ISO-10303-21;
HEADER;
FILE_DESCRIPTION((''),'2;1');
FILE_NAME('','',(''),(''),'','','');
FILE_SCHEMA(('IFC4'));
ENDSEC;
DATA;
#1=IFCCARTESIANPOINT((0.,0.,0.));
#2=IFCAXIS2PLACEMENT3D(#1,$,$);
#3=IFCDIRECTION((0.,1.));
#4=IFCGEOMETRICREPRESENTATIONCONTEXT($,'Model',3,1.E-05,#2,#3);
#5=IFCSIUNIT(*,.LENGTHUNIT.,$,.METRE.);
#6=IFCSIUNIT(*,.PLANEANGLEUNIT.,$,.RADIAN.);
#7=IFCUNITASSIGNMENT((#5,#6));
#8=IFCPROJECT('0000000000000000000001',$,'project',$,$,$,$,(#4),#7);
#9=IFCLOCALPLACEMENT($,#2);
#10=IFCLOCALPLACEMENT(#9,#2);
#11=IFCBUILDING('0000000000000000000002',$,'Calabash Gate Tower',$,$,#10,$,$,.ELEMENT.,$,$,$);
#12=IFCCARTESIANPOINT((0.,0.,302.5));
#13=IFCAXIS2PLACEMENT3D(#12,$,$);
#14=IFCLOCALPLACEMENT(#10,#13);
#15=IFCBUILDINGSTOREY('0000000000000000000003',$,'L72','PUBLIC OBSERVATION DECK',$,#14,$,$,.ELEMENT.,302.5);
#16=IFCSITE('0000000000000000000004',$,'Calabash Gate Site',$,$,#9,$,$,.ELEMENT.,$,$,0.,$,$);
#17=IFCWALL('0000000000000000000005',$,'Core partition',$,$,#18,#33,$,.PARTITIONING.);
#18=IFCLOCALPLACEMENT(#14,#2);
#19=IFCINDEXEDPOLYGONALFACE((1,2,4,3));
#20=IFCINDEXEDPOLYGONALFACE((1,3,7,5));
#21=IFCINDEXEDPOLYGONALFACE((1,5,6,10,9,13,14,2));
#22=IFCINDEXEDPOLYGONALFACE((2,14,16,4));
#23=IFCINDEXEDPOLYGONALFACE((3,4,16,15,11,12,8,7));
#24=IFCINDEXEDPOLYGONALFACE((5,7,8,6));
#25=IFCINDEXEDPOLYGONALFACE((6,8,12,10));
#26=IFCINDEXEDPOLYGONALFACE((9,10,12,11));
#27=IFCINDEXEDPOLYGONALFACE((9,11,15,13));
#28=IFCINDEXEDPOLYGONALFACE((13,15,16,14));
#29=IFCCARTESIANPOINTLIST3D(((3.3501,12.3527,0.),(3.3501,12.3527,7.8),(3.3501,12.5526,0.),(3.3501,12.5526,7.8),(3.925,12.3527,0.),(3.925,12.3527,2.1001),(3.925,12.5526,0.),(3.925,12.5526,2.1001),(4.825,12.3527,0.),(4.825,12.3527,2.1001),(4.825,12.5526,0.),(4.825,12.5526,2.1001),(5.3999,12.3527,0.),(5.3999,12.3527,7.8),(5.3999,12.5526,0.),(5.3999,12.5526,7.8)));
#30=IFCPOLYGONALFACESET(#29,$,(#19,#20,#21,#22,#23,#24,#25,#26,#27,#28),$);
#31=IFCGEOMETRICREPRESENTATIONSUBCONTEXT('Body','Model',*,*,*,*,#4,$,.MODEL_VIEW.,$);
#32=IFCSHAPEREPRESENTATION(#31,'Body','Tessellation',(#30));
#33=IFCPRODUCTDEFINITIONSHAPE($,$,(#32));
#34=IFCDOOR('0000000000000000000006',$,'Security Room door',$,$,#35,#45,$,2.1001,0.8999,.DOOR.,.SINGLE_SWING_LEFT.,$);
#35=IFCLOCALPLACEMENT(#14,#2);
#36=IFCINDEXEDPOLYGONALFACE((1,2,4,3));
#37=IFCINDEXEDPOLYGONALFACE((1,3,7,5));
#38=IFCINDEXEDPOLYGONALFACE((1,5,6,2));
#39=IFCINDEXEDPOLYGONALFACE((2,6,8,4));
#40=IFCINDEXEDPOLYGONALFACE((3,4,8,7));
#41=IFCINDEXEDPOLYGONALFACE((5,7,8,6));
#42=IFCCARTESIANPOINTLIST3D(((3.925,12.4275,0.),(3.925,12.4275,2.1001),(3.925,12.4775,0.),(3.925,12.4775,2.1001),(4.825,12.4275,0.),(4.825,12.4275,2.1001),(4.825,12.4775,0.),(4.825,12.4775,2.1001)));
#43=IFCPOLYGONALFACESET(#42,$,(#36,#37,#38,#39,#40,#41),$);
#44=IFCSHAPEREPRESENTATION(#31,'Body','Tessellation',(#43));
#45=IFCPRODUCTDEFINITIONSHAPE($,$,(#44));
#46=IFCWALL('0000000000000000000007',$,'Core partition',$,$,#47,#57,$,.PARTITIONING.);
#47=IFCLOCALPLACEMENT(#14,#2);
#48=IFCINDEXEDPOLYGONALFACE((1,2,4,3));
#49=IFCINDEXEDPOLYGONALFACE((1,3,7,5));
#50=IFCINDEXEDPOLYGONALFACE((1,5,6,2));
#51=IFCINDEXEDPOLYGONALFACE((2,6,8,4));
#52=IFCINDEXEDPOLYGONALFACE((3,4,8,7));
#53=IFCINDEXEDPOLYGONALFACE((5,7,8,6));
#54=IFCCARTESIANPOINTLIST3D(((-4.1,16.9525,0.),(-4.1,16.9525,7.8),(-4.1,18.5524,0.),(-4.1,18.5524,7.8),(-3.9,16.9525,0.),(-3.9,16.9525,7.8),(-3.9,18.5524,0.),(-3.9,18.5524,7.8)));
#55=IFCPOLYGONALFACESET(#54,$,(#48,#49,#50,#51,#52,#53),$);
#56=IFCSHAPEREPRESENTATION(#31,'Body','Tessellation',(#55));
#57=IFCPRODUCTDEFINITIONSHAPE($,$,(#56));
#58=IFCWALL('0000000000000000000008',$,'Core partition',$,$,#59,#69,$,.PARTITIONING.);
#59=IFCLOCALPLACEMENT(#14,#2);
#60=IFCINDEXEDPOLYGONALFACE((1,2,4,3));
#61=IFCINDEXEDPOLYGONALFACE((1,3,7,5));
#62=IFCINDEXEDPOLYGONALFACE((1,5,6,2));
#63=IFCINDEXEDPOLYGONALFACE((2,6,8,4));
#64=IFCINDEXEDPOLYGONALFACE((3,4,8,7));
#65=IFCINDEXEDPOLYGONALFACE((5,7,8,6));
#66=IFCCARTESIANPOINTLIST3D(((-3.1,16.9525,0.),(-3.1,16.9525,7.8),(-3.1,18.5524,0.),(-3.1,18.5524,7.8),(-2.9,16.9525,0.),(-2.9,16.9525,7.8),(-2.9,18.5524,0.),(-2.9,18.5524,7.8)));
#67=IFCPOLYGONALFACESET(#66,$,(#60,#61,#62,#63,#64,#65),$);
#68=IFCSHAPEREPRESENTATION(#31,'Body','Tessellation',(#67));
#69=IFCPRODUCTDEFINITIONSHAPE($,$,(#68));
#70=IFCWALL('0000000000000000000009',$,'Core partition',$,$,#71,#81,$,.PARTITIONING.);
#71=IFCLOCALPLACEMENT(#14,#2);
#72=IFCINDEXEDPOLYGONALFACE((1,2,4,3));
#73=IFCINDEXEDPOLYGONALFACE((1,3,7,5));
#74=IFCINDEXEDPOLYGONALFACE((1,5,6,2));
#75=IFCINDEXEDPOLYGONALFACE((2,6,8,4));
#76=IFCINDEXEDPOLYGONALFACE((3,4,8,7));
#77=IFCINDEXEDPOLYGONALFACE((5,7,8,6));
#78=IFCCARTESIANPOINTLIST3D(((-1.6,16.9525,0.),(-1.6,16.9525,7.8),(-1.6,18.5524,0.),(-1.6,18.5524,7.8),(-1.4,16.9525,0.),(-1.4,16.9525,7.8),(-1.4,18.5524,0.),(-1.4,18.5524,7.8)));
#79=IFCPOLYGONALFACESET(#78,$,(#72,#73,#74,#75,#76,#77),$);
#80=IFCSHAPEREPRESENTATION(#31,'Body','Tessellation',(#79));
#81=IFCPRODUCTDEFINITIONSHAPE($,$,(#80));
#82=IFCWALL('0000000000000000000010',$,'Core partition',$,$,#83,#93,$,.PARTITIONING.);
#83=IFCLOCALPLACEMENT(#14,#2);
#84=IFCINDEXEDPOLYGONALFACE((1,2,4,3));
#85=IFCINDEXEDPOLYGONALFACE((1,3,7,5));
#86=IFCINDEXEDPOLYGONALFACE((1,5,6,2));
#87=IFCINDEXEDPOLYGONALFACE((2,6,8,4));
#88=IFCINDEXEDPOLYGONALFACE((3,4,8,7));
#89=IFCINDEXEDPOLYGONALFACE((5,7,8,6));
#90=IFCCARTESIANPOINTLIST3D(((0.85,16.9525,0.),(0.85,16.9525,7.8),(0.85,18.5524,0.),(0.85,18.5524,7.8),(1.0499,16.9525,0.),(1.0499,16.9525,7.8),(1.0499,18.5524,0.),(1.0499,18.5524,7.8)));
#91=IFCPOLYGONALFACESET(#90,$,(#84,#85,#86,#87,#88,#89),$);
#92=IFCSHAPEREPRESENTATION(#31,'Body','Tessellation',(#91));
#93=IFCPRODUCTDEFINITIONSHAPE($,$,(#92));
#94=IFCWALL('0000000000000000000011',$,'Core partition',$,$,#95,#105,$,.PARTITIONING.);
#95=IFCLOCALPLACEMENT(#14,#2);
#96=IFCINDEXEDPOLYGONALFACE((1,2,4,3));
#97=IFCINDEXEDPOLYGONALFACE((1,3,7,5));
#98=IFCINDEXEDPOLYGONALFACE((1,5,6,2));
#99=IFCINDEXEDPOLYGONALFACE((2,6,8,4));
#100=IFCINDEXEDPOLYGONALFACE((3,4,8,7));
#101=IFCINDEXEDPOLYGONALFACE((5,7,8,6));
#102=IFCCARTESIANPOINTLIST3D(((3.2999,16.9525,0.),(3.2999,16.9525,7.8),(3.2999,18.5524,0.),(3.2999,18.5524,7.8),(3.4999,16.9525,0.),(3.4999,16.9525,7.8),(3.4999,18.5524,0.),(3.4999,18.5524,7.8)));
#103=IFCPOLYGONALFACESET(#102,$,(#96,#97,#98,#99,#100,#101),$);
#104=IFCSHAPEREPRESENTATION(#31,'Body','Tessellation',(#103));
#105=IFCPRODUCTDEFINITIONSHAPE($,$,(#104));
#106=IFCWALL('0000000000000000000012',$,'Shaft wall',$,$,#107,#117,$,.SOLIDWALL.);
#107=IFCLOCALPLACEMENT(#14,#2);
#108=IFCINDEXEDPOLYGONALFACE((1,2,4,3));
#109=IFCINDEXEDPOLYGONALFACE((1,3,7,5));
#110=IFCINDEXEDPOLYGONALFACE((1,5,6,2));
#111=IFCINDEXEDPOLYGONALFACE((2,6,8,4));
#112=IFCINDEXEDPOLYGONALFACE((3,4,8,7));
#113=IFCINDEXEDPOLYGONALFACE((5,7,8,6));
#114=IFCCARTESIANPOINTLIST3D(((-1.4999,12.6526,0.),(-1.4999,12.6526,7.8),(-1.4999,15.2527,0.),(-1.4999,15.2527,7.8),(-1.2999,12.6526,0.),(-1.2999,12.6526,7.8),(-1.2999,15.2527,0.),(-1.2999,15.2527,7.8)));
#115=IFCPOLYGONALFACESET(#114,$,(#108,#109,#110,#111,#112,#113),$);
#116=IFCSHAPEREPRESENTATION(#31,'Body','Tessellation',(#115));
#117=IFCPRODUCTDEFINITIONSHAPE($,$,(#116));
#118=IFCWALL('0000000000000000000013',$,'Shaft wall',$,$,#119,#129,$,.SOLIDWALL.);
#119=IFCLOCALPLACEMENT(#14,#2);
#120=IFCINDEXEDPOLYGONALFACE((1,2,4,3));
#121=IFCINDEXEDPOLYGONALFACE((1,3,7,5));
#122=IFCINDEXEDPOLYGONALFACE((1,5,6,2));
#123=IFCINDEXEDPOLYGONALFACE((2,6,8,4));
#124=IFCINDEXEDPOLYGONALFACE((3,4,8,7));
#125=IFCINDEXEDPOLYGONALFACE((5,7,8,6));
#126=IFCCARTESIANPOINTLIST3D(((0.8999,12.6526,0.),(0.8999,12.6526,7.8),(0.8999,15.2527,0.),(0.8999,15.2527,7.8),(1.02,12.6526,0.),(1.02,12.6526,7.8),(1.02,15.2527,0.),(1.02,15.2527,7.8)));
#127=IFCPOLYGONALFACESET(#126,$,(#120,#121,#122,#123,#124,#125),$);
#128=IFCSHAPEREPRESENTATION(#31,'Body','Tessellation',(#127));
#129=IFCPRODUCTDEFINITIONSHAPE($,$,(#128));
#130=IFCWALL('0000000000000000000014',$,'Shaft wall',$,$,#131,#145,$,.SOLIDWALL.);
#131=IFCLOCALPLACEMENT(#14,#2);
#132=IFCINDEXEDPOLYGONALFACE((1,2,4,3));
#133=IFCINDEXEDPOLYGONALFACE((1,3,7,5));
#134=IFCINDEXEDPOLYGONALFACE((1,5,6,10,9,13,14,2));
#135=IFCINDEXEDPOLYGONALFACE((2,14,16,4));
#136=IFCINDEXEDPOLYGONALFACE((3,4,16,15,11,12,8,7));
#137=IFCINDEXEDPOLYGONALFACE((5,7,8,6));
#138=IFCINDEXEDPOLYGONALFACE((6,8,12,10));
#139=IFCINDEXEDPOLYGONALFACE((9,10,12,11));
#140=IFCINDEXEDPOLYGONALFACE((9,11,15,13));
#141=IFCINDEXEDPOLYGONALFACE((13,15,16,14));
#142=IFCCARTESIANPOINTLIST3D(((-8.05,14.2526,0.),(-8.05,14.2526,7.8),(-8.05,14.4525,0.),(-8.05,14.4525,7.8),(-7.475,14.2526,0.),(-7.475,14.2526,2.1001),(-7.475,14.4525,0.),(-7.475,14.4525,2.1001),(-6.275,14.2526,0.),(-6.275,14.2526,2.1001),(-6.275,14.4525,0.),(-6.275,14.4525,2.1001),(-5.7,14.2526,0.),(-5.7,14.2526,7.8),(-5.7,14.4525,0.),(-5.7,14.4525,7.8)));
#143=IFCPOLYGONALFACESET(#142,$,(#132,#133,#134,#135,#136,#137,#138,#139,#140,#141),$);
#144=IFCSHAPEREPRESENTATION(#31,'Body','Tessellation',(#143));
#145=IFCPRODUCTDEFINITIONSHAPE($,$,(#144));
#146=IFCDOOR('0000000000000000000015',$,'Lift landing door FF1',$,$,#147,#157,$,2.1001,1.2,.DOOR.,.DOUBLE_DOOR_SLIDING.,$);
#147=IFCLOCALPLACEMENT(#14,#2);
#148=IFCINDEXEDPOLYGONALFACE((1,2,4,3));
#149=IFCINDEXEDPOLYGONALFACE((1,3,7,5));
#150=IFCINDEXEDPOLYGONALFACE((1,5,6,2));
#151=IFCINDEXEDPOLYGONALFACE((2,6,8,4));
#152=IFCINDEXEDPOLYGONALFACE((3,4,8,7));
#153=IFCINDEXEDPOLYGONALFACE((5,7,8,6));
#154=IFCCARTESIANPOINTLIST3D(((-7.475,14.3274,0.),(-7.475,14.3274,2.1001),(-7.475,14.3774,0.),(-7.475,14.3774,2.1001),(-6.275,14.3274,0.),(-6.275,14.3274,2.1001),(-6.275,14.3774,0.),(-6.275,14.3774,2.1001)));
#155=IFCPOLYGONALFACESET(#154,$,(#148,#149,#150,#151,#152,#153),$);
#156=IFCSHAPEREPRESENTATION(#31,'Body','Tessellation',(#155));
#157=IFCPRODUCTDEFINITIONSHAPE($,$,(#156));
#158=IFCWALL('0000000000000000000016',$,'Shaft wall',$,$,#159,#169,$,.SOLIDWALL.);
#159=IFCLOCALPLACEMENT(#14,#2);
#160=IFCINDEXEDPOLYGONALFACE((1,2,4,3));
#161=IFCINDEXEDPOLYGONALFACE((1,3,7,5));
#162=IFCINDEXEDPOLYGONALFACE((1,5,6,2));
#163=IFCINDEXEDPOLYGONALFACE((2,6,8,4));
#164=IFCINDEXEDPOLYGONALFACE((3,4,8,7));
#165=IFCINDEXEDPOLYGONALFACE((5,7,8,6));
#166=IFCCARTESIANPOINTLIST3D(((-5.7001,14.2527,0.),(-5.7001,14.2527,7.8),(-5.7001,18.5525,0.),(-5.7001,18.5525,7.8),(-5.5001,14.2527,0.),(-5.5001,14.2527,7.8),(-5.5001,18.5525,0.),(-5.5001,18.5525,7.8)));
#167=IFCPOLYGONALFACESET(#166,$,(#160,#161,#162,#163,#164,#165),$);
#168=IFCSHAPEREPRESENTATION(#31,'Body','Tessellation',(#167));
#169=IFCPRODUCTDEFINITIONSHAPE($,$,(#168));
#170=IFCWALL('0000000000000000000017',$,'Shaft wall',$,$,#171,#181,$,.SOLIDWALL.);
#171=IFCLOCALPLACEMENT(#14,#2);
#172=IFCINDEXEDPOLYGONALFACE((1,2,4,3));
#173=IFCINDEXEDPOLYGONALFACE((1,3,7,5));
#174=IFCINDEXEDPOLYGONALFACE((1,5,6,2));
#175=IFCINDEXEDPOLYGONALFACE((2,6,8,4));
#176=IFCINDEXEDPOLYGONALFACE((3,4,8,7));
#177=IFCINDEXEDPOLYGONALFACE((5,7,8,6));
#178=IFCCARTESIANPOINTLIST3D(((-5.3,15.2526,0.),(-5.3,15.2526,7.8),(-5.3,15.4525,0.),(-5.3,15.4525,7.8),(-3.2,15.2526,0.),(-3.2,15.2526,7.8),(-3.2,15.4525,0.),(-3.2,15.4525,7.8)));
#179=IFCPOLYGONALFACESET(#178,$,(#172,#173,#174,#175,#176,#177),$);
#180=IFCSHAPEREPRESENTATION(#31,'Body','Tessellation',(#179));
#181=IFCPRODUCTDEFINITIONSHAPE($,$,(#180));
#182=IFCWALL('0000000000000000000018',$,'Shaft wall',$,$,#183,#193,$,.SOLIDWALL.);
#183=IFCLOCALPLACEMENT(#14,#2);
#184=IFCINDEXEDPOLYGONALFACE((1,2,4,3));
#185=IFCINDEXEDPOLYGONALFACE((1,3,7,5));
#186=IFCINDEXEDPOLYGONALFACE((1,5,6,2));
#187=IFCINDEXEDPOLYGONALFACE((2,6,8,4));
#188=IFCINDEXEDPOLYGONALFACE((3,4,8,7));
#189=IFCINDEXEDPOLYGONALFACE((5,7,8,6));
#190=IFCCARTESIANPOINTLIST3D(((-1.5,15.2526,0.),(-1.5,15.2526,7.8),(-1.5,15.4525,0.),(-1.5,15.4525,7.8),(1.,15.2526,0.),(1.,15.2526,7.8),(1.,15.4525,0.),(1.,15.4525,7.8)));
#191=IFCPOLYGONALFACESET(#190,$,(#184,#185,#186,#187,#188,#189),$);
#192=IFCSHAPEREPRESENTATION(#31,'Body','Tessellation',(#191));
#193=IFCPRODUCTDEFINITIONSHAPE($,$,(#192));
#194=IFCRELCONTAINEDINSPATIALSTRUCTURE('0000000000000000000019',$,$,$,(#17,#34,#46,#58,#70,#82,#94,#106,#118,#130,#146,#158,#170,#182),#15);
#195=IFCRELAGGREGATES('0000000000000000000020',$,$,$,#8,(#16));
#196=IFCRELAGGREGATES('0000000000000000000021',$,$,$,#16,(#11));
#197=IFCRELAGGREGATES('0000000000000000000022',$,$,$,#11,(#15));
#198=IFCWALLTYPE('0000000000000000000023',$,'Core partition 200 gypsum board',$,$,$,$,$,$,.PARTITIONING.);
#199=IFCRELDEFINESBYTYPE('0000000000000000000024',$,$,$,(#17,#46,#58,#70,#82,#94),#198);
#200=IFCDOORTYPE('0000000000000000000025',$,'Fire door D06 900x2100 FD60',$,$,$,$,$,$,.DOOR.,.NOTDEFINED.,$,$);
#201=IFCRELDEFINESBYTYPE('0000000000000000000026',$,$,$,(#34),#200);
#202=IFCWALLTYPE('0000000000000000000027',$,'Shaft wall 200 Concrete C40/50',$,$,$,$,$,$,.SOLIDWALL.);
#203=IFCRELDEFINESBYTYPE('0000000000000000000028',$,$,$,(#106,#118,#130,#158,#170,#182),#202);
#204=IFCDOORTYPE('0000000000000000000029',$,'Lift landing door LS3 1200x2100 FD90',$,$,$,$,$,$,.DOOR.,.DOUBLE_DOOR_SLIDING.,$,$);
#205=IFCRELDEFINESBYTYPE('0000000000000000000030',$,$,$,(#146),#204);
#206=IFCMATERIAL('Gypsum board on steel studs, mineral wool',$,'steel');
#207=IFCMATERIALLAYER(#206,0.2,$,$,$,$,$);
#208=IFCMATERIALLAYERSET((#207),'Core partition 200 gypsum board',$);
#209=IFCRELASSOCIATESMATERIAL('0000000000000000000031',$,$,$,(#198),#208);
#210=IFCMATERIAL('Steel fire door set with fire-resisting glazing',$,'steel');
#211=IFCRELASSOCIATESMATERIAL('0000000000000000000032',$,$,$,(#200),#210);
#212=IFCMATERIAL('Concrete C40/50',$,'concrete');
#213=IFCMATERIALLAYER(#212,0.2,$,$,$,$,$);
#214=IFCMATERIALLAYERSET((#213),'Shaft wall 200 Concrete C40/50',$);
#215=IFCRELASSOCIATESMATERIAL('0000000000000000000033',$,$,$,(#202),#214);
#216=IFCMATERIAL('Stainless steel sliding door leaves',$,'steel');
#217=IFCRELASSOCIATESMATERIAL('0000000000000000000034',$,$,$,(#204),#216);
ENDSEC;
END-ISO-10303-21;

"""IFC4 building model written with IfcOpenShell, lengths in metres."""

from ifc_helpers import new_model, si_unit, direction, frame, frame_2d, origin, place, context, subcontext, project, spatial, rectangle, extrude, material, layer, layer_set, type_object, element, fill, save


model = new_model("IFC4")

# Units and contexts
model_context = context("Model", 3, precision=1e-05, world=origin(), true_north=direction((0.0, 1.0)))
body_context = subcontext(model_context, "Body", "Model", "MODEL_VIEW")
ifc_project = project(units=[si_unit("LENGTHUNIT", "METRE"), si_unit("PLANEANGLEUNIT", "RADIAN")], contexts=[model_context])

# Site, building, storey
site_placement = place(None, origin())
site = spatial("IfcSite", under=ifc_project, at=site_placement, Name="Calabash Gate Site", CompositionType="ELEMENT", RefElevation=0.0)
building_placement = place(site_placement, origin())
building = spatial("IfcBuilding", under=site, at=building_placement, Name="Calabash Gate Tower", CompositionType="ELEMENT")
storey_placement = place(building_placement, frame((0.0, 0.0, 302.5)))
storey = spatial("IfcBuildingStorey", under=building, at=storey_placement, Name="L72", Description="PUBLIC OBSERVATION DECK", CompositionType="ELEMENT", Elevation=302.5)

# Wall, opening, door
ifc_material_1 = material(Name="Gypsum board on steel studs, mineral wool", Category="steel")
ifc_layer_1 = layer(ifc_material_1, 0.2)
ifc_layer_set_1 = layer_set([ifc_layer_1], Name="Core partition 200 gypsum board")
wall_type_1 = type_object("IfcWallType", Name="Core partition 200 gypsum board", PredefinedType="PARTITIONING", material=ifc_layer_set_1)
wall_1_placement = place(storey_placement, frame((3.3501, 12.4526, 0.0), z_axis=(0.0, 0.0, 1.0), x_axis=(1.0, 0.0, 0.0)))
wall_1 = element("IfcWall", 1, at=wall_1_placement, inside=storey, type_object=wall_type_1, Name="Core partition", PredefinedType="PARTITIONING", context=body_context, shape_type="SweptSolid", body=[
    extrude(rectangle(XDim=2.0498, YDim=0.2, at=frame_2d((1.0249, 0.0))), origin(), (0.0, 0.0, 1.0), 7.8),
])
opening_1_placement = place(wall_1_placement, frame((0.575, 0.0, 0.0)))
opening_1 = element("IfcOpeningElement", 2, at=opening_1_placement, cuts=wall_1, PredefinedType="OPENING", context=body_context, shape_type="SweptSolid", body=[
    extrude(rectangle(XDim=0.8999, YDim=2.1001, at=frame_2d((0.45, 1.05))), frame((0.0, 0.1099, 0.0), z_axis=(0.0, -1.0, 0.0), x_axis=(1.0, 0.0, 0.0)), (0.0, 0.0, 1.0), 0.22),
])
ifc_material_2 = material(Name="Steel fire door set with fire-resisting glazing", Category="steel")
door_type_1 = type_object("IfcDoorType", Name="Fire door D06 900x2100 FD60", OperationType="NOTDEFINED", PredefinedType="DOOR", material=ifc_material_2)
door_1_placement = place(opening_1_placement, origin())
door_1 = element("IfcDoor", 3, at=door_1_placement, inside=storey, type_object=door_type_1, Name="Security Room door", OperationType="SINGLE_SWING_LEFT", OverallHeight=2.1001, OverallWidth=0.8999, PredefinedType="DOOR", context=body_context, shape_type="SweptSolid", body=[
    extrude(rectangle(XDim=0.8999, YDim=2.1001, at=frame_2d((0.45, 1.05))), frame((0.0, 0.0249, 0.0), z_axis=(0.0, -1.0, 0.0), x_axis=(1.0, 0.0, 0.0)), (0.0, 0.0, 1.0), 0.05),
])
fill(opening_1, door_1)

# Walls
for number, where, z_axis, x_axis, name in (
    (4, (-4.0, 16.9526, 0.0), (0.0, 0.0, 1.0), (0.0, 1.0, 0.0), "Core partition"),
    (5, (-3.0, 16.9526, 0.0), (0.0, 0.0, 1.0), (0.0, 1.0, 0.0), "Core partition"),
    (6, (-1.5, 16.9526, 0.0), (0.0, 0.0, 1.0), (0.0, 1.0, 0.0), "Core partition"),
    (7, (0.95, 16.9526, 0.0), (0.0, 0.0, 1.0), (0.0, 1.0, 0.0), "Core partition"),
    (8, (3.3999, 16.9526, 0.0), (0.0, 0.0, 1.0), (0.0, 1.0, 0.0), "Core partition"),
):
    element("IfcWall", number, at=place(storey_placement, frame(where, z_axis=z_axis, x_axis=x_axis)), inside=storey, type_object=wall_type_1, Name=name, PredefinedType="PARTITIONING", context=body_context, shape_type="SweptSolid", body=[
        extrude(rectangle(XDim=1.5999, YDim=0.2, at=frame_2d((0.7998, 0.0))), origin(), (0.0, 0.0, 1.0), 7.8),
    ])

# Shared definitions
ifc_material_3 = material(Name="Concrete C40/50", Category="concrete")
ifc_layer_2 = layer(ifc_material_3, 0.2)
ifc_layer_set_2 = layer_set([ifc_layer_2], Name="Shaft wall 200 Concrete C40/50")
wall_type_2 = type_object("IfcWallType", Name="Shaft wall 200 Concrete C40/50", PredefinedType="SOLIDWALL", material=ifc_layer_set_2)

# Walls
wall_2_placement = place(storey_placement, frame((-1.3999, 12.6526, 0.0), z_axis=(0.0, 0.0, 1.0), x_axis=(0.0, 1.0, 0.0)))
element("IfcWall", 9, at=wall_2_placement, inside=storey, type_object=wall_type_2, Name="Shaft wall", PredefinedType="SOLIDWALL", context=body_context, shape_type="SweptSolid", body=[
    extrude(rectangle(XDim=2.6001, YDim=0.2, at=frame_2d((1.3, 0.0))), origin(), (0.0, 0.0, 1.0), 7.8),
])
wall_3_placement = place(storey_placement, frame((0.96, 12.6526, 0.0), z_axis=(0.0, 0.0, 1.0), x_axis=(0.0, 1.0, 0.0)))
element("IfcWall", 10, at=wall_3_placement, inside=storey, type_object=wall_type_2, Name="Shaft wall", PredefinedType="SOLIDWALL", context=body_context, shape_type="SweptSolid", body=[
    extrude(rectangle(XDim=2.6001, YDim=0.1201, at=frame_2d((1.3, 0.0))), origin(), (0.0, 0.0, 1.0), 7.8),
])

# Wall, opening, door
wall_4_placement = place(storey_placement, frame((-8.05, 14.3525, 0.0), z_axis=(0.0, 0.0, 1.0), x_axis=(1.0, 0.0, 0.0)))
wall_4 = element("IfcWall", 11, at=wall_4_placement, inside=storey, type_object=wall_type_2, Name="Shaft wall", PredefinedType="SOLIDWALL", context=body_context, shape_type="SweptSolid", body=[
    extrude(rectangle(XDim=2.3501, YDim=0.2, at=frame_2d((1.175, 0.0))), origin(), (0.0, 0.0, 1.0), 7.8),
])
opening_2_placement = place(wall_4_placement, frame((0.575, 0.0, 0.0)))
opening_2 = element("IfcOpeningElement", 12, at=opening_2_placement, cuts=wall_4, PredefinedType="OPENING", context=body_context, shape_type="SweptSolid", body=[
    extrude(rectangle(XDim=1.2, YDim=2.1001, at=frame_2d((0.6001, 1.05))), frame((0.0, 0.1099, 0.0), z_axis=(0.0, -1.0, 0.0), x_axis=(1.0, 0.0, 0.0)), (0.0, 0.0, 1.0), 0.22),
])
ifc_material_4 = material(Name="Stainless steel sliding door leaves", Category="steel")
door_type_2 = type_object("IfcDoorType", Name="Lift landing door LS3 1200x2100 FD90", OperationType="DOUBLE_DOOR_SLIDING", PredefinedType="DOOR", material=ifc_material_4)
door_2_placement = place(opening_2_placement, origin())
door_2 = element("IfcDoor", 13, at=door_2_placement, inside=storey, type_object=door_type_2, Name="Lift landing door FF1", OperationType="DOUBLE_DOOR_SLIDING", OverallHeight=2.1001, OverallWidth=1.2, PredefinedType="DOOR", context=body_context, shape_type="SweptSolid", body=[
    extrude(rectangle(XDim=1.2, YDim=2.1001, at=frame_2d((0.6001, 1.05))), frame((0.0, 0.0249, 0.0), z_axis=(0.0, -1.0, 0.0), x_axis=(1.0, 0.0, 0.0)), (0.0, 0.0, 1.0), 0.05),
])
fill(opening_2, door_2)

# Walls
wall_5_placement = place(storey_placement, frame((-5.6001, 14.2527, 0.0), z_axis=(0.0, 0.0, 1.0), x_axis=(0.0, 1.0, 0.0)))
element("IfcWall", 14, at=wall_5_placement, inside=storey, type_object=wall_type_2, Name="Shaft wall", PredefinedType="SOLIDWALL", context=body_context, shape_type="SweptSolid", body=[
    extrude(rectangle(XDim=4.2998, YDim=0.2, at=frame_2d((2.1499, 0.0))), origin(), (0.0, 0.0, 1.0), 7.8),
])
wall_6_placement = place(storey_placement, frame((-5.3, 15.3525, 0.0), z_axis=(0.0, 0.0, 1.0), x_axis=(1.0, 0.0, 0.0)))
element("IfcWall", 15, at=wall_6_placement, inside=storey, type_object=wall_type_2, Name="Shaft wall", PredefinedType="SOLIDWALL", context=body_context, shape_type="SweptSolid", body=[
    extrude(rectangle(XDim=2.1001, YDim=0.2, at=frame_2d((1.05, 0.0))), origin(), (0.0, 0.0, 1.0), 7.8),
])
wall_7_placement = place(storey_placement, frame((-1.5, 15.3525, 0.0), z_axis=(0.0, 0.0, 1.0), x_axis=(1.0, 0.0, 0.0)))
element("IfcWall", 16, at=wall_7_placement, inside=storey, type_object=wall_type_2, Name="Shaft wall", PredefinedType="SOLIDWALL", context=body_context, shape_type="SweptSolid", body=[
    extrude(rectangle(XDim=2.5, YDim=0.2, at=frame_2d((1.25, 0.0))), origin(), (0.0, 0.0, 1.0), 7.8),
])

save(model, "model.ifc")
